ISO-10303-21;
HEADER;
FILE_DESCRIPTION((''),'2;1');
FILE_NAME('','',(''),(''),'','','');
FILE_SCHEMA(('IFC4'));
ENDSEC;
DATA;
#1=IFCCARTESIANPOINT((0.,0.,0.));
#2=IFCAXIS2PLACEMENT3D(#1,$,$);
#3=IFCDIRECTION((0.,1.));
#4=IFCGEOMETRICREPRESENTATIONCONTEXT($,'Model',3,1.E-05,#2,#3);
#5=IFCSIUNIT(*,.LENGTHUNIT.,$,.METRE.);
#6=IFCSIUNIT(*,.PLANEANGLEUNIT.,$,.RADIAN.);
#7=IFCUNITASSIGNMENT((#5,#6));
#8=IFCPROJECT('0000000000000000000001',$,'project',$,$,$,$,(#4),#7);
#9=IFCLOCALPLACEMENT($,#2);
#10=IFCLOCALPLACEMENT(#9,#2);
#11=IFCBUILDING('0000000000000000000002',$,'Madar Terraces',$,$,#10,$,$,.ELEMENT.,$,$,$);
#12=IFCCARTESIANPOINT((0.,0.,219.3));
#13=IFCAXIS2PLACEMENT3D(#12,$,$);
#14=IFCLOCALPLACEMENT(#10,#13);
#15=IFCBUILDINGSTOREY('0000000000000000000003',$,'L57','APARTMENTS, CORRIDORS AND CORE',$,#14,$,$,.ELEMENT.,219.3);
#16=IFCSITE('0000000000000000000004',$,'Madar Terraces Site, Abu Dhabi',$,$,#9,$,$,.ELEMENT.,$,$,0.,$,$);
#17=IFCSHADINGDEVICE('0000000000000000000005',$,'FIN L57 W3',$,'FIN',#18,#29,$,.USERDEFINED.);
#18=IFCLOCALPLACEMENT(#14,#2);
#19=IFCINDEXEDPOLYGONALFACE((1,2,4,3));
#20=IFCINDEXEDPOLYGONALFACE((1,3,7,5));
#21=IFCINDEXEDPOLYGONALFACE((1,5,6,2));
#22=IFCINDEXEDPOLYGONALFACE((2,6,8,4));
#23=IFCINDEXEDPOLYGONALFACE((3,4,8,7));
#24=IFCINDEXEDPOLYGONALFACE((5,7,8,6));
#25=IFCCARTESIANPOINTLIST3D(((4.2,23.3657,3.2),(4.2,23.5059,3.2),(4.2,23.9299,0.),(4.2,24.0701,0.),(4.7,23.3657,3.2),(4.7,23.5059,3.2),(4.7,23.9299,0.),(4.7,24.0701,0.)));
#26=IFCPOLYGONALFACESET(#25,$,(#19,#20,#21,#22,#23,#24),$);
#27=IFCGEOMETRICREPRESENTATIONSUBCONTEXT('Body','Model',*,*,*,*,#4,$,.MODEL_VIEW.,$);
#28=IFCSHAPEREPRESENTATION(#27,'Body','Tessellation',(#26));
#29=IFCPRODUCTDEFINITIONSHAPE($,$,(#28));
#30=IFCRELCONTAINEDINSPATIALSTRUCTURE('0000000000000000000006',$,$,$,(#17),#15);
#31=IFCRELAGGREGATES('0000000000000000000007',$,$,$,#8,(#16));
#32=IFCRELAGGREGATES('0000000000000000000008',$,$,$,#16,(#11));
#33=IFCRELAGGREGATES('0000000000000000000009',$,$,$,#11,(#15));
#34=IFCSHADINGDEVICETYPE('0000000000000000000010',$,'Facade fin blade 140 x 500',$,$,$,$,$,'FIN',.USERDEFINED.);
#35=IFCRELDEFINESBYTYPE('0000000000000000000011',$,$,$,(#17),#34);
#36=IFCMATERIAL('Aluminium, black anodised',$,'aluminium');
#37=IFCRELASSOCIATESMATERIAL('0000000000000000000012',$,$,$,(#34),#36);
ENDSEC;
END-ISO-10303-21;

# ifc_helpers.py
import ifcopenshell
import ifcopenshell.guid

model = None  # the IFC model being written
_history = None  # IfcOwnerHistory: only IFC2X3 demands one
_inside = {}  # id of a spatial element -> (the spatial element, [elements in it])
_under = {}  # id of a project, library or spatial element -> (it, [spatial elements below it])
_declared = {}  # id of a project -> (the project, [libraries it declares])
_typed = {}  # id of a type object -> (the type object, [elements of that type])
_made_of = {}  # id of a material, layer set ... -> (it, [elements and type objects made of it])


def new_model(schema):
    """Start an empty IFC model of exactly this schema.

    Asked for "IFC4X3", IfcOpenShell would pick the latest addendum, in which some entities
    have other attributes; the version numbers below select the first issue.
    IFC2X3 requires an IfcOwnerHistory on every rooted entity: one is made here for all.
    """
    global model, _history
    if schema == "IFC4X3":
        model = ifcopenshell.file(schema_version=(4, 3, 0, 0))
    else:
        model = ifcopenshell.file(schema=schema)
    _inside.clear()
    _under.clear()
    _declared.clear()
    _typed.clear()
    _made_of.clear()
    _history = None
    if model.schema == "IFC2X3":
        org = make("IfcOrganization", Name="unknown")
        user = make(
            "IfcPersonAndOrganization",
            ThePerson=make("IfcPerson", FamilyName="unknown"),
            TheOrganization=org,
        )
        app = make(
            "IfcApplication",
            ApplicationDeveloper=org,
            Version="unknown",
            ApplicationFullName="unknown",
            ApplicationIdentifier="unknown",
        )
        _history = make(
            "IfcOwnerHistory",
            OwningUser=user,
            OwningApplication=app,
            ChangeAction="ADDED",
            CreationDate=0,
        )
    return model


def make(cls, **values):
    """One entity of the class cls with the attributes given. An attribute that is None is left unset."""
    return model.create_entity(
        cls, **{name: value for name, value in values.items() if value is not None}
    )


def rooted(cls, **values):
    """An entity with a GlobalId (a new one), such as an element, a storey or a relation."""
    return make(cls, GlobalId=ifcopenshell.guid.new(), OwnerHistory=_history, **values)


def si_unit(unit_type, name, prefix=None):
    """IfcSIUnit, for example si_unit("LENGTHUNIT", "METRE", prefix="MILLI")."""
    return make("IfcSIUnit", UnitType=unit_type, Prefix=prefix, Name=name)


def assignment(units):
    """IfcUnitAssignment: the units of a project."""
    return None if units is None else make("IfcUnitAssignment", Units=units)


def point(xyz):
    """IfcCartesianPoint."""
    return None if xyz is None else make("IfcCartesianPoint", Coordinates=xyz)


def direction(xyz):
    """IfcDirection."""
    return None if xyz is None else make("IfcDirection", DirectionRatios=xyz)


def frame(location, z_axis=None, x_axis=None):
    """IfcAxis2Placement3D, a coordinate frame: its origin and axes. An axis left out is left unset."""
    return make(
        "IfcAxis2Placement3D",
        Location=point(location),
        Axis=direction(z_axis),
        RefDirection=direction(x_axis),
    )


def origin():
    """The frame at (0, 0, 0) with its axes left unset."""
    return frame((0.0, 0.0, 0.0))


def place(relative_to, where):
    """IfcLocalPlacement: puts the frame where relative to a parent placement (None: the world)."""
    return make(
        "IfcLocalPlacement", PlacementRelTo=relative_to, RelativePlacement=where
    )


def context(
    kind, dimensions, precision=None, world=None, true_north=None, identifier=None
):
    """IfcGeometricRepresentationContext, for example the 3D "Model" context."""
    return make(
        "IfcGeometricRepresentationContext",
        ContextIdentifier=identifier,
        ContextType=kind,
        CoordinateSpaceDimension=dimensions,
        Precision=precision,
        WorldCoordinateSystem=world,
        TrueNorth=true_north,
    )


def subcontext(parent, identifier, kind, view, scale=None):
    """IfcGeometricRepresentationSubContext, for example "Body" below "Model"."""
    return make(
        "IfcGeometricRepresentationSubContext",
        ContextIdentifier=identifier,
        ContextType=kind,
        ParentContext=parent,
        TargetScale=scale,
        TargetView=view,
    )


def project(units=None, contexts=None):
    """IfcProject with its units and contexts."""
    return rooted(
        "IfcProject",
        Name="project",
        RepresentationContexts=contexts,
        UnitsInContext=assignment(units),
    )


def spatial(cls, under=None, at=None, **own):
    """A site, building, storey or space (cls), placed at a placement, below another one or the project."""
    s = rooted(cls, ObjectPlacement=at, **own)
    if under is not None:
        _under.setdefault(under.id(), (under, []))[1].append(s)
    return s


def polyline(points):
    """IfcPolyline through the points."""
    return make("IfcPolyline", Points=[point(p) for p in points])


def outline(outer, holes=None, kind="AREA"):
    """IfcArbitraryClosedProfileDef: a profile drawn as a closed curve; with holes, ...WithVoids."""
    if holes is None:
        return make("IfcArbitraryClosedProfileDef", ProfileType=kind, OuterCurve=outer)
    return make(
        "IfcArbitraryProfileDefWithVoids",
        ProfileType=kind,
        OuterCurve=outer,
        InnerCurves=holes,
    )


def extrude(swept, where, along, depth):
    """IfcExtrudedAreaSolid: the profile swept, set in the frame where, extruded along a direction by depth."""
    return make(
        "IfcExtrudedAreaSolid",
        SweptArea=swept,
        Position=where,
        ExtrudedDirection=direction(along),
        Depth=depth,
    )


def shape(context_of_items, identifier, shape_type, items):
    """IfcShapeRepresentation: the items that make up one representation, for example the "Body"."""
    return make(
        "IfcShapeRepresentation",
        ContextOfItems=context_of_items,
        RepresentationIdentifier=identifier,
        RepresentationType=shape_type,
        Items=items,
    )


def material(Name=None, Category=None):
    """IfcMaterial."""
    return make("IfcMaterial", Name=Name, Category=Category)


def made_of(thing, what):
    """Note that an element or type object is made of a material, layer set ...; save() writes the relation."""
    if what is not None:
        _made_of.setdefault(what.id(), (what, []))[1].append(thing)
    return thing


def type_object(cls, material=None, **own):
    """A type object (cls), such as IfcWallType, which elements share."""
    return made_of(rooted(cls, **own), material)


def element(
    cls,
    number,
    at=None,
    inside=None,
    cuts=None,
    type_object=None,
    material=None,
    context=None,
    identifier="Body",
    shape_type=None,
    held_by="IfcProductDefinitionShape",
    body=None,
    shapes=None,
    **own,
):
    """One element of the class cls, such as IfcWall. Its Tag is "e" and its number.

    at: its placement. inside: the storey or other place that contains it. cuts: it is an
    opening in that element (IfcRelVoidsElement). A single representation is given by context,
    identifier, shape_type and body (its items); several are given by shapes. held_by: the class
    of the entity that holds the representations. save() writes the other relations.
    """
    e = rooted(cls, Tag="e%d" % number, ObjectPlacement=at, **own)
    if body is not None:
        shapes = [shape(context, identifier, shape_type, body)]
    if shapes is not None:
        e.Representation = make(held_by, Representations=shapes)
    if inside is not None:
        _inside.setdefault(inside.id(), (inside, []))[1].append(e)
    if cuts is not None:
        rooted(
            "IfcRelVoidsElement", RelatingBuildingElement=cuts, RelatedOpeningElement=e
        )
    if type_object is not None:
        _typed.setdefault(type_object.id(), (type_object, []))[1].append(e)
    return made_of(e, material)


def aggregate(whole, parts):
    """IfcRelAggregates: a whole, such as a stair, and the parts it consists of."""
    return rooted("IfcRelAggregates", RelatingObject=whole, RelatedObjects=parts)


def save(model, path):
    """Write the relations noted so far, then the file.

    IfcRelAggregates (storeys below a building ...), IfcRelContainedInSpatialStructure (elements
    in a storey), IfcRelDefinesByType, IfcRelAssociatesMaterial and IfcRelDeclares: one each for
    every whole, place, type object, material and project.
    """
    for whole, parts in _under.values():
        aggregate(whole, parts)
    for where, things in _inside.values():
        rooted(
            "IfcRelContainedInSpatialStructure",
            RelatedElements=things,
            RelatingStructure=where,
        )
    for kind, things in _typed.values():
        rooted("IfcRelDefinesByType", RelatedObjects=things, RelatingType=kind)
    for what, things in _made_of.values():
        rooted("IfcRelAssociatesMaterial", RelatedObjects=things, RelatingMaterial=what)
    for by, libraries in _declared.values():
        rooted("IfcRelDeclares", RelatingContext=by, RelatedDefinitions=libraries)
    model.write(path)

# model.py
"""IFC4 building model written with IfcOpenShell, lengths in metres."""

from ifc_helpers import new_model, si_unit, direction, frame, origin, place, context, subcontext, project, spatial, polyline, outline, extrude, material, type_object, element, save


model = new_model("IFC4")

# Units and contexts
model_context = context("Model", 3, precision=1e-05, world=origin(), true_north=direction((0.0, 1.0)))
body_context = subcontext(model_context, "Body", "Model", "MODEL_VIEW")
ifc_project = project(units=[si_unit("LENGTHUNIT", "METRE"), si_unit("PLANEANGLEUNIT", "RADIAN")], contexts=[model_context])

# Site, building, storey
site_placement = place(None, origin())
site = spatial("IfcSite", under=ifc_project, at=site_placement, Name="Madar Terraces Site, Abu Dhabi", CompositionType="ELEMENT", RefElevation=0.0)
building_placement = place(site_placement, origin())
building = spatial("IfcBuilding", under=site, at=building_placement, Name="Madar Terraces", CompositionType="ELEMENT")
storey_placement = place(building_placement, frame((0.0, 0.0, 219.3)))
storey = spatial("IfcBuildingStorey", under=building, at=storey_placement, Name="L57", Description="APARTMENTS, CORRIDORS AND CORE", CompositionType="ELEMENT", Elevation=219.3)

# Shading device
ifc_material_1 = material(Name="Aluminium, black anodised", Category="aluminium")
shading_device_type = type_object("IfcShadingDeviceType", Name="Facade fin blade 140 x 500", ElementType="FIN", PredefinedType="USERDEFINED", material=ifc_material_1)
shading_device_1_placement = place(storey_placement, frame((4.45, 24.0701, 0.0), z_axis=(0.0, 0.0, 1.0), x_axis=(0.0, -1.0, 0.0)))
element("IfcShadingDevice", 1, at=shading_device_1_placement, inside=storey, type_object=shading_device_type, Name="FIN L57 W3", ObjectType="FIN", PredefinedType="USERDEFINED", context=body_context, shape_type="SweptSolid", body=[
    extrude(outline(polyline([(0.0, 0.0), (0.1401, 0.0), (0.7043, 3.2), (0.5642, 3.2), (0.0, 0.0)])), frame((0.0, 0.25, 0.0), z_axis=(0.0, -1.0, 0.0), x_axis=(1.0, 0.0, 0.0)), (0.0, 0.0, 1.0), 0.5),
])

save(model, "model.ifc")
